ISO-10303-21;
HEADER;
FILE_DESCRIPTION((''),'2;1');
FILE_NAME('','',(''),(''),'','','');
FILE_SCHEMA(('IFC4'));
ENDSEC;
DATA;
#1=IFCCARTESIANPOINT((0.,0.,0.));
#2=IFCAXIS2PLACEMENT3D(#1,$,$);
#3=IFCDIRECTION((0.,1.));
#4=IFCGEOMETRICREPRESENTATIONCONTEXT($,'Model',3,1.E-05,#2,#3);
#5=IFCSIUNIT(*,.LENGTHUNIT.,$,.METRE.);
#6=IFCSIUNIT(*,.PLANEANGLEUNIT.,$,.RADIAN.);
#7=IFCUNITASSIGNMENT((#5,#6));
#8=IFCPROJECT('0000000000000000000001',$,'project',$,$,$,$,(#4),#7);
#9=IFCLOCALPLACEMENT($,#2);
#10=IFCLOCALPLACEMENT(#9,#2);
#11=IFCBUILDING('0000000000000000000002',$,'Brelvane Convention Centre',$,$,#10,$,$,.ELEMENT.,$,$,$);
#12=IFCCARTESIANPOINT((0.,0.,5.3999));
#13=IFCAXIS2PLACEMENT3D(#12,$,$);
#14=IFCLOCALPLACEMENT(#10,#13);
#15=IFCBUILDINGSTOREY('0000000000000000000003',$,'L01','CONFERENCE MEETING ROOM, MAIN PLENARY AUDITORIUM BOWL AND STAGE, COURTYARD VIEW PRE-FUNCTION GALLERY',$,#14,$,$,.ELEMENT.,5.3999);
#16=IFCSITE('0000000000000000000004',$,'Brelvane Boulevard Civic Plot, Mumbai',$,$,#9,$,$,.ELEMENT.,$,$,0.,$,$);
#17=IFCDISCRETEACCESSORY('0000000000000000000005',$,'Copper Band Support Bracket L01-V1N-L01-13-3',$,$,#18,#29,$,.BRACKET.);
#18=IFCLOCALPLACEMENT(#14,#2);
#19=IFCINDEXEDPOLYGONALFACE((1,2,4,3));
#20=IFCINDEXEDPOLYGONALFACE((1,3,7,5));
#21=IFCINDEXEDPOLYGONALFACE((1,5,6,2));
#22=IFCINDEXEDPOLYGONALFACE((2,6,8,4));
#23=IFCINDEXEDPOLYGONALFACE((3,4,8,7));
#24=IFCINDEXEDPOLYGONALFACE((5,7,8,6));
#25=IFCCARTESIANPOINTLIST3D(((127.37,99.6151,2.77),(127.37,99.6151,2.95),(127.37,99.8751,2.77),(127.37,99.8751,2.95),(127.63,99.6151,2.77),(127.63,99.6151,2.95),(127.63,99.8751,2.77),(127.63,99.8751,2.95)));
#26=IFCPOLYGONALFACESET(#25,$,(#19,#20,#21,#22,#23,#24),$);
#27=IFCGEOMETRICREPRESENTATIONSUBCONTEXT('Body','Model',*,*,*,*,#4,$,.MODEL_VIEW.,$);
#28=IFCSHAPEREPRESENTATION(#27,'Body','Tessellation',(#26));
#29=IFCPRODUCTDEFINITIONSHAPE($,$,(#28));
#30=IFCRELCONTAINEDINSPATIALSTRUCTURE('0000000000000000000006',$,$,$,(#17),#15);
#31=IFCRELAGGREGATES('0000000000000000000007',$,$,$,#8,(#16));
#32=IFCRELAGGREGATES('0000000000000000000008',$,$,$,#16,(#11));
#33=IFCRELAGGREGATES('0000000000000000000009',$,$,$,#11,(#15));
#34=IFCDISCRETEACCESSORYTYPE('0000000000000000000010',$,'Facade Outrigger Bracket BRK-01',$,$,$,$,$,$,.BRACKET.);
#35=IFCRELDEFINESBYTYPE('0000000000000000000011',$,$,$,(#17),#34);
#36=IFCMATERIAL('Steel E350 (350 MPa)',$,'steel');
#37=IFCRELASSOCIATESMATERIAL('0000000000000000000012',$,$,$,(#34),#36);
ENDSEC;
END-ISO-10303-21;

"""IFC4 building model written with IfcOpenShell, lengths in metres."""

from ifc_helpers import new_model, si_unit, direction, frame, origin, origin_2d, place, context, subcontext, project, spatial, rectangle, extrude, material, type_object, element, save


model = new_model("IFC4")

# Units and contexts
model_context = context("Model", 3, precision=1e-05, world=origin(), true_north=direction((0.0, 1.0)))
body_context = subcontext(model_context, "Body", "Model", "MODEL_VIEW")
ifc_project = project(units=[si_unit("LENGTHUNIT", "METRE"), si_unit("PLANEANGLEUNIT", "RADIAN")], contexts=[model_context])

# Site, building, storey
site_placement = place(None, origin())
site = spatial("IfcSite", under=ifc_project, at=site_placement, Name="Brelvane Boulevard Civic Plot, Mumbai", CompositionType="ELEMENT", RefElevation=0.0)
building_placement = place(site_placement, origin())
building = spatial("IfcBuilding", under=site, at=building_placement, Name="Brelvane Convention Centre", CompositionType="ELEMENT")
storey_placement = place(building_placement, frame((0.0, 0.0, 5.3999)))
storey = spatial("IfcBuildingStorey", under=building, at=storey_placement, Name="L01", Description="CONFERENCE MEETING ROOM, MAIN PLENARY AUDITORIUM BOWL AND STAGE, COURTYARD VIEW PRE-FUNCTION GALLERY", CompositionType="ELEMENT", Elevation=5.3999)

# Discrete accessory
ifc_material_1 = material(Name="Steel E350 (350 MPa)", Category="steel")
discrete_accessory_type = type_object("IfcDiscreteAccessoryType", Name="Facade Outrigger Bracket BRK-01", PredefinedType="BRACKET", material=ifc_material_1)
for number, where, z_axis, x_axis, name in (
    (1, (127.5, 99.7451, 2.77), (0.0, 0.0, 1.0), (1.0, 0.0, 0.0), "Copper Band Support Bracket L01-V1N-L01-13-3"),
):
    element("IfcDiscreteAccessory", number, at=place(storey_placement, frame(where, z_axis=z_axis, x_axis=x_axis)), inside=storey, type_object=discrete_accessory_type, Name=name, PredefinedType="BRACKET", context=body_context, shape_type="SweptSolid", body=[
        extrude(rectangle(XDim=0.26, YDim=0.26, at=origin_2d()), origin(), (0.0, 0.0, 1.0), 0.1799),
    ])

save(model, "model.ifc")
